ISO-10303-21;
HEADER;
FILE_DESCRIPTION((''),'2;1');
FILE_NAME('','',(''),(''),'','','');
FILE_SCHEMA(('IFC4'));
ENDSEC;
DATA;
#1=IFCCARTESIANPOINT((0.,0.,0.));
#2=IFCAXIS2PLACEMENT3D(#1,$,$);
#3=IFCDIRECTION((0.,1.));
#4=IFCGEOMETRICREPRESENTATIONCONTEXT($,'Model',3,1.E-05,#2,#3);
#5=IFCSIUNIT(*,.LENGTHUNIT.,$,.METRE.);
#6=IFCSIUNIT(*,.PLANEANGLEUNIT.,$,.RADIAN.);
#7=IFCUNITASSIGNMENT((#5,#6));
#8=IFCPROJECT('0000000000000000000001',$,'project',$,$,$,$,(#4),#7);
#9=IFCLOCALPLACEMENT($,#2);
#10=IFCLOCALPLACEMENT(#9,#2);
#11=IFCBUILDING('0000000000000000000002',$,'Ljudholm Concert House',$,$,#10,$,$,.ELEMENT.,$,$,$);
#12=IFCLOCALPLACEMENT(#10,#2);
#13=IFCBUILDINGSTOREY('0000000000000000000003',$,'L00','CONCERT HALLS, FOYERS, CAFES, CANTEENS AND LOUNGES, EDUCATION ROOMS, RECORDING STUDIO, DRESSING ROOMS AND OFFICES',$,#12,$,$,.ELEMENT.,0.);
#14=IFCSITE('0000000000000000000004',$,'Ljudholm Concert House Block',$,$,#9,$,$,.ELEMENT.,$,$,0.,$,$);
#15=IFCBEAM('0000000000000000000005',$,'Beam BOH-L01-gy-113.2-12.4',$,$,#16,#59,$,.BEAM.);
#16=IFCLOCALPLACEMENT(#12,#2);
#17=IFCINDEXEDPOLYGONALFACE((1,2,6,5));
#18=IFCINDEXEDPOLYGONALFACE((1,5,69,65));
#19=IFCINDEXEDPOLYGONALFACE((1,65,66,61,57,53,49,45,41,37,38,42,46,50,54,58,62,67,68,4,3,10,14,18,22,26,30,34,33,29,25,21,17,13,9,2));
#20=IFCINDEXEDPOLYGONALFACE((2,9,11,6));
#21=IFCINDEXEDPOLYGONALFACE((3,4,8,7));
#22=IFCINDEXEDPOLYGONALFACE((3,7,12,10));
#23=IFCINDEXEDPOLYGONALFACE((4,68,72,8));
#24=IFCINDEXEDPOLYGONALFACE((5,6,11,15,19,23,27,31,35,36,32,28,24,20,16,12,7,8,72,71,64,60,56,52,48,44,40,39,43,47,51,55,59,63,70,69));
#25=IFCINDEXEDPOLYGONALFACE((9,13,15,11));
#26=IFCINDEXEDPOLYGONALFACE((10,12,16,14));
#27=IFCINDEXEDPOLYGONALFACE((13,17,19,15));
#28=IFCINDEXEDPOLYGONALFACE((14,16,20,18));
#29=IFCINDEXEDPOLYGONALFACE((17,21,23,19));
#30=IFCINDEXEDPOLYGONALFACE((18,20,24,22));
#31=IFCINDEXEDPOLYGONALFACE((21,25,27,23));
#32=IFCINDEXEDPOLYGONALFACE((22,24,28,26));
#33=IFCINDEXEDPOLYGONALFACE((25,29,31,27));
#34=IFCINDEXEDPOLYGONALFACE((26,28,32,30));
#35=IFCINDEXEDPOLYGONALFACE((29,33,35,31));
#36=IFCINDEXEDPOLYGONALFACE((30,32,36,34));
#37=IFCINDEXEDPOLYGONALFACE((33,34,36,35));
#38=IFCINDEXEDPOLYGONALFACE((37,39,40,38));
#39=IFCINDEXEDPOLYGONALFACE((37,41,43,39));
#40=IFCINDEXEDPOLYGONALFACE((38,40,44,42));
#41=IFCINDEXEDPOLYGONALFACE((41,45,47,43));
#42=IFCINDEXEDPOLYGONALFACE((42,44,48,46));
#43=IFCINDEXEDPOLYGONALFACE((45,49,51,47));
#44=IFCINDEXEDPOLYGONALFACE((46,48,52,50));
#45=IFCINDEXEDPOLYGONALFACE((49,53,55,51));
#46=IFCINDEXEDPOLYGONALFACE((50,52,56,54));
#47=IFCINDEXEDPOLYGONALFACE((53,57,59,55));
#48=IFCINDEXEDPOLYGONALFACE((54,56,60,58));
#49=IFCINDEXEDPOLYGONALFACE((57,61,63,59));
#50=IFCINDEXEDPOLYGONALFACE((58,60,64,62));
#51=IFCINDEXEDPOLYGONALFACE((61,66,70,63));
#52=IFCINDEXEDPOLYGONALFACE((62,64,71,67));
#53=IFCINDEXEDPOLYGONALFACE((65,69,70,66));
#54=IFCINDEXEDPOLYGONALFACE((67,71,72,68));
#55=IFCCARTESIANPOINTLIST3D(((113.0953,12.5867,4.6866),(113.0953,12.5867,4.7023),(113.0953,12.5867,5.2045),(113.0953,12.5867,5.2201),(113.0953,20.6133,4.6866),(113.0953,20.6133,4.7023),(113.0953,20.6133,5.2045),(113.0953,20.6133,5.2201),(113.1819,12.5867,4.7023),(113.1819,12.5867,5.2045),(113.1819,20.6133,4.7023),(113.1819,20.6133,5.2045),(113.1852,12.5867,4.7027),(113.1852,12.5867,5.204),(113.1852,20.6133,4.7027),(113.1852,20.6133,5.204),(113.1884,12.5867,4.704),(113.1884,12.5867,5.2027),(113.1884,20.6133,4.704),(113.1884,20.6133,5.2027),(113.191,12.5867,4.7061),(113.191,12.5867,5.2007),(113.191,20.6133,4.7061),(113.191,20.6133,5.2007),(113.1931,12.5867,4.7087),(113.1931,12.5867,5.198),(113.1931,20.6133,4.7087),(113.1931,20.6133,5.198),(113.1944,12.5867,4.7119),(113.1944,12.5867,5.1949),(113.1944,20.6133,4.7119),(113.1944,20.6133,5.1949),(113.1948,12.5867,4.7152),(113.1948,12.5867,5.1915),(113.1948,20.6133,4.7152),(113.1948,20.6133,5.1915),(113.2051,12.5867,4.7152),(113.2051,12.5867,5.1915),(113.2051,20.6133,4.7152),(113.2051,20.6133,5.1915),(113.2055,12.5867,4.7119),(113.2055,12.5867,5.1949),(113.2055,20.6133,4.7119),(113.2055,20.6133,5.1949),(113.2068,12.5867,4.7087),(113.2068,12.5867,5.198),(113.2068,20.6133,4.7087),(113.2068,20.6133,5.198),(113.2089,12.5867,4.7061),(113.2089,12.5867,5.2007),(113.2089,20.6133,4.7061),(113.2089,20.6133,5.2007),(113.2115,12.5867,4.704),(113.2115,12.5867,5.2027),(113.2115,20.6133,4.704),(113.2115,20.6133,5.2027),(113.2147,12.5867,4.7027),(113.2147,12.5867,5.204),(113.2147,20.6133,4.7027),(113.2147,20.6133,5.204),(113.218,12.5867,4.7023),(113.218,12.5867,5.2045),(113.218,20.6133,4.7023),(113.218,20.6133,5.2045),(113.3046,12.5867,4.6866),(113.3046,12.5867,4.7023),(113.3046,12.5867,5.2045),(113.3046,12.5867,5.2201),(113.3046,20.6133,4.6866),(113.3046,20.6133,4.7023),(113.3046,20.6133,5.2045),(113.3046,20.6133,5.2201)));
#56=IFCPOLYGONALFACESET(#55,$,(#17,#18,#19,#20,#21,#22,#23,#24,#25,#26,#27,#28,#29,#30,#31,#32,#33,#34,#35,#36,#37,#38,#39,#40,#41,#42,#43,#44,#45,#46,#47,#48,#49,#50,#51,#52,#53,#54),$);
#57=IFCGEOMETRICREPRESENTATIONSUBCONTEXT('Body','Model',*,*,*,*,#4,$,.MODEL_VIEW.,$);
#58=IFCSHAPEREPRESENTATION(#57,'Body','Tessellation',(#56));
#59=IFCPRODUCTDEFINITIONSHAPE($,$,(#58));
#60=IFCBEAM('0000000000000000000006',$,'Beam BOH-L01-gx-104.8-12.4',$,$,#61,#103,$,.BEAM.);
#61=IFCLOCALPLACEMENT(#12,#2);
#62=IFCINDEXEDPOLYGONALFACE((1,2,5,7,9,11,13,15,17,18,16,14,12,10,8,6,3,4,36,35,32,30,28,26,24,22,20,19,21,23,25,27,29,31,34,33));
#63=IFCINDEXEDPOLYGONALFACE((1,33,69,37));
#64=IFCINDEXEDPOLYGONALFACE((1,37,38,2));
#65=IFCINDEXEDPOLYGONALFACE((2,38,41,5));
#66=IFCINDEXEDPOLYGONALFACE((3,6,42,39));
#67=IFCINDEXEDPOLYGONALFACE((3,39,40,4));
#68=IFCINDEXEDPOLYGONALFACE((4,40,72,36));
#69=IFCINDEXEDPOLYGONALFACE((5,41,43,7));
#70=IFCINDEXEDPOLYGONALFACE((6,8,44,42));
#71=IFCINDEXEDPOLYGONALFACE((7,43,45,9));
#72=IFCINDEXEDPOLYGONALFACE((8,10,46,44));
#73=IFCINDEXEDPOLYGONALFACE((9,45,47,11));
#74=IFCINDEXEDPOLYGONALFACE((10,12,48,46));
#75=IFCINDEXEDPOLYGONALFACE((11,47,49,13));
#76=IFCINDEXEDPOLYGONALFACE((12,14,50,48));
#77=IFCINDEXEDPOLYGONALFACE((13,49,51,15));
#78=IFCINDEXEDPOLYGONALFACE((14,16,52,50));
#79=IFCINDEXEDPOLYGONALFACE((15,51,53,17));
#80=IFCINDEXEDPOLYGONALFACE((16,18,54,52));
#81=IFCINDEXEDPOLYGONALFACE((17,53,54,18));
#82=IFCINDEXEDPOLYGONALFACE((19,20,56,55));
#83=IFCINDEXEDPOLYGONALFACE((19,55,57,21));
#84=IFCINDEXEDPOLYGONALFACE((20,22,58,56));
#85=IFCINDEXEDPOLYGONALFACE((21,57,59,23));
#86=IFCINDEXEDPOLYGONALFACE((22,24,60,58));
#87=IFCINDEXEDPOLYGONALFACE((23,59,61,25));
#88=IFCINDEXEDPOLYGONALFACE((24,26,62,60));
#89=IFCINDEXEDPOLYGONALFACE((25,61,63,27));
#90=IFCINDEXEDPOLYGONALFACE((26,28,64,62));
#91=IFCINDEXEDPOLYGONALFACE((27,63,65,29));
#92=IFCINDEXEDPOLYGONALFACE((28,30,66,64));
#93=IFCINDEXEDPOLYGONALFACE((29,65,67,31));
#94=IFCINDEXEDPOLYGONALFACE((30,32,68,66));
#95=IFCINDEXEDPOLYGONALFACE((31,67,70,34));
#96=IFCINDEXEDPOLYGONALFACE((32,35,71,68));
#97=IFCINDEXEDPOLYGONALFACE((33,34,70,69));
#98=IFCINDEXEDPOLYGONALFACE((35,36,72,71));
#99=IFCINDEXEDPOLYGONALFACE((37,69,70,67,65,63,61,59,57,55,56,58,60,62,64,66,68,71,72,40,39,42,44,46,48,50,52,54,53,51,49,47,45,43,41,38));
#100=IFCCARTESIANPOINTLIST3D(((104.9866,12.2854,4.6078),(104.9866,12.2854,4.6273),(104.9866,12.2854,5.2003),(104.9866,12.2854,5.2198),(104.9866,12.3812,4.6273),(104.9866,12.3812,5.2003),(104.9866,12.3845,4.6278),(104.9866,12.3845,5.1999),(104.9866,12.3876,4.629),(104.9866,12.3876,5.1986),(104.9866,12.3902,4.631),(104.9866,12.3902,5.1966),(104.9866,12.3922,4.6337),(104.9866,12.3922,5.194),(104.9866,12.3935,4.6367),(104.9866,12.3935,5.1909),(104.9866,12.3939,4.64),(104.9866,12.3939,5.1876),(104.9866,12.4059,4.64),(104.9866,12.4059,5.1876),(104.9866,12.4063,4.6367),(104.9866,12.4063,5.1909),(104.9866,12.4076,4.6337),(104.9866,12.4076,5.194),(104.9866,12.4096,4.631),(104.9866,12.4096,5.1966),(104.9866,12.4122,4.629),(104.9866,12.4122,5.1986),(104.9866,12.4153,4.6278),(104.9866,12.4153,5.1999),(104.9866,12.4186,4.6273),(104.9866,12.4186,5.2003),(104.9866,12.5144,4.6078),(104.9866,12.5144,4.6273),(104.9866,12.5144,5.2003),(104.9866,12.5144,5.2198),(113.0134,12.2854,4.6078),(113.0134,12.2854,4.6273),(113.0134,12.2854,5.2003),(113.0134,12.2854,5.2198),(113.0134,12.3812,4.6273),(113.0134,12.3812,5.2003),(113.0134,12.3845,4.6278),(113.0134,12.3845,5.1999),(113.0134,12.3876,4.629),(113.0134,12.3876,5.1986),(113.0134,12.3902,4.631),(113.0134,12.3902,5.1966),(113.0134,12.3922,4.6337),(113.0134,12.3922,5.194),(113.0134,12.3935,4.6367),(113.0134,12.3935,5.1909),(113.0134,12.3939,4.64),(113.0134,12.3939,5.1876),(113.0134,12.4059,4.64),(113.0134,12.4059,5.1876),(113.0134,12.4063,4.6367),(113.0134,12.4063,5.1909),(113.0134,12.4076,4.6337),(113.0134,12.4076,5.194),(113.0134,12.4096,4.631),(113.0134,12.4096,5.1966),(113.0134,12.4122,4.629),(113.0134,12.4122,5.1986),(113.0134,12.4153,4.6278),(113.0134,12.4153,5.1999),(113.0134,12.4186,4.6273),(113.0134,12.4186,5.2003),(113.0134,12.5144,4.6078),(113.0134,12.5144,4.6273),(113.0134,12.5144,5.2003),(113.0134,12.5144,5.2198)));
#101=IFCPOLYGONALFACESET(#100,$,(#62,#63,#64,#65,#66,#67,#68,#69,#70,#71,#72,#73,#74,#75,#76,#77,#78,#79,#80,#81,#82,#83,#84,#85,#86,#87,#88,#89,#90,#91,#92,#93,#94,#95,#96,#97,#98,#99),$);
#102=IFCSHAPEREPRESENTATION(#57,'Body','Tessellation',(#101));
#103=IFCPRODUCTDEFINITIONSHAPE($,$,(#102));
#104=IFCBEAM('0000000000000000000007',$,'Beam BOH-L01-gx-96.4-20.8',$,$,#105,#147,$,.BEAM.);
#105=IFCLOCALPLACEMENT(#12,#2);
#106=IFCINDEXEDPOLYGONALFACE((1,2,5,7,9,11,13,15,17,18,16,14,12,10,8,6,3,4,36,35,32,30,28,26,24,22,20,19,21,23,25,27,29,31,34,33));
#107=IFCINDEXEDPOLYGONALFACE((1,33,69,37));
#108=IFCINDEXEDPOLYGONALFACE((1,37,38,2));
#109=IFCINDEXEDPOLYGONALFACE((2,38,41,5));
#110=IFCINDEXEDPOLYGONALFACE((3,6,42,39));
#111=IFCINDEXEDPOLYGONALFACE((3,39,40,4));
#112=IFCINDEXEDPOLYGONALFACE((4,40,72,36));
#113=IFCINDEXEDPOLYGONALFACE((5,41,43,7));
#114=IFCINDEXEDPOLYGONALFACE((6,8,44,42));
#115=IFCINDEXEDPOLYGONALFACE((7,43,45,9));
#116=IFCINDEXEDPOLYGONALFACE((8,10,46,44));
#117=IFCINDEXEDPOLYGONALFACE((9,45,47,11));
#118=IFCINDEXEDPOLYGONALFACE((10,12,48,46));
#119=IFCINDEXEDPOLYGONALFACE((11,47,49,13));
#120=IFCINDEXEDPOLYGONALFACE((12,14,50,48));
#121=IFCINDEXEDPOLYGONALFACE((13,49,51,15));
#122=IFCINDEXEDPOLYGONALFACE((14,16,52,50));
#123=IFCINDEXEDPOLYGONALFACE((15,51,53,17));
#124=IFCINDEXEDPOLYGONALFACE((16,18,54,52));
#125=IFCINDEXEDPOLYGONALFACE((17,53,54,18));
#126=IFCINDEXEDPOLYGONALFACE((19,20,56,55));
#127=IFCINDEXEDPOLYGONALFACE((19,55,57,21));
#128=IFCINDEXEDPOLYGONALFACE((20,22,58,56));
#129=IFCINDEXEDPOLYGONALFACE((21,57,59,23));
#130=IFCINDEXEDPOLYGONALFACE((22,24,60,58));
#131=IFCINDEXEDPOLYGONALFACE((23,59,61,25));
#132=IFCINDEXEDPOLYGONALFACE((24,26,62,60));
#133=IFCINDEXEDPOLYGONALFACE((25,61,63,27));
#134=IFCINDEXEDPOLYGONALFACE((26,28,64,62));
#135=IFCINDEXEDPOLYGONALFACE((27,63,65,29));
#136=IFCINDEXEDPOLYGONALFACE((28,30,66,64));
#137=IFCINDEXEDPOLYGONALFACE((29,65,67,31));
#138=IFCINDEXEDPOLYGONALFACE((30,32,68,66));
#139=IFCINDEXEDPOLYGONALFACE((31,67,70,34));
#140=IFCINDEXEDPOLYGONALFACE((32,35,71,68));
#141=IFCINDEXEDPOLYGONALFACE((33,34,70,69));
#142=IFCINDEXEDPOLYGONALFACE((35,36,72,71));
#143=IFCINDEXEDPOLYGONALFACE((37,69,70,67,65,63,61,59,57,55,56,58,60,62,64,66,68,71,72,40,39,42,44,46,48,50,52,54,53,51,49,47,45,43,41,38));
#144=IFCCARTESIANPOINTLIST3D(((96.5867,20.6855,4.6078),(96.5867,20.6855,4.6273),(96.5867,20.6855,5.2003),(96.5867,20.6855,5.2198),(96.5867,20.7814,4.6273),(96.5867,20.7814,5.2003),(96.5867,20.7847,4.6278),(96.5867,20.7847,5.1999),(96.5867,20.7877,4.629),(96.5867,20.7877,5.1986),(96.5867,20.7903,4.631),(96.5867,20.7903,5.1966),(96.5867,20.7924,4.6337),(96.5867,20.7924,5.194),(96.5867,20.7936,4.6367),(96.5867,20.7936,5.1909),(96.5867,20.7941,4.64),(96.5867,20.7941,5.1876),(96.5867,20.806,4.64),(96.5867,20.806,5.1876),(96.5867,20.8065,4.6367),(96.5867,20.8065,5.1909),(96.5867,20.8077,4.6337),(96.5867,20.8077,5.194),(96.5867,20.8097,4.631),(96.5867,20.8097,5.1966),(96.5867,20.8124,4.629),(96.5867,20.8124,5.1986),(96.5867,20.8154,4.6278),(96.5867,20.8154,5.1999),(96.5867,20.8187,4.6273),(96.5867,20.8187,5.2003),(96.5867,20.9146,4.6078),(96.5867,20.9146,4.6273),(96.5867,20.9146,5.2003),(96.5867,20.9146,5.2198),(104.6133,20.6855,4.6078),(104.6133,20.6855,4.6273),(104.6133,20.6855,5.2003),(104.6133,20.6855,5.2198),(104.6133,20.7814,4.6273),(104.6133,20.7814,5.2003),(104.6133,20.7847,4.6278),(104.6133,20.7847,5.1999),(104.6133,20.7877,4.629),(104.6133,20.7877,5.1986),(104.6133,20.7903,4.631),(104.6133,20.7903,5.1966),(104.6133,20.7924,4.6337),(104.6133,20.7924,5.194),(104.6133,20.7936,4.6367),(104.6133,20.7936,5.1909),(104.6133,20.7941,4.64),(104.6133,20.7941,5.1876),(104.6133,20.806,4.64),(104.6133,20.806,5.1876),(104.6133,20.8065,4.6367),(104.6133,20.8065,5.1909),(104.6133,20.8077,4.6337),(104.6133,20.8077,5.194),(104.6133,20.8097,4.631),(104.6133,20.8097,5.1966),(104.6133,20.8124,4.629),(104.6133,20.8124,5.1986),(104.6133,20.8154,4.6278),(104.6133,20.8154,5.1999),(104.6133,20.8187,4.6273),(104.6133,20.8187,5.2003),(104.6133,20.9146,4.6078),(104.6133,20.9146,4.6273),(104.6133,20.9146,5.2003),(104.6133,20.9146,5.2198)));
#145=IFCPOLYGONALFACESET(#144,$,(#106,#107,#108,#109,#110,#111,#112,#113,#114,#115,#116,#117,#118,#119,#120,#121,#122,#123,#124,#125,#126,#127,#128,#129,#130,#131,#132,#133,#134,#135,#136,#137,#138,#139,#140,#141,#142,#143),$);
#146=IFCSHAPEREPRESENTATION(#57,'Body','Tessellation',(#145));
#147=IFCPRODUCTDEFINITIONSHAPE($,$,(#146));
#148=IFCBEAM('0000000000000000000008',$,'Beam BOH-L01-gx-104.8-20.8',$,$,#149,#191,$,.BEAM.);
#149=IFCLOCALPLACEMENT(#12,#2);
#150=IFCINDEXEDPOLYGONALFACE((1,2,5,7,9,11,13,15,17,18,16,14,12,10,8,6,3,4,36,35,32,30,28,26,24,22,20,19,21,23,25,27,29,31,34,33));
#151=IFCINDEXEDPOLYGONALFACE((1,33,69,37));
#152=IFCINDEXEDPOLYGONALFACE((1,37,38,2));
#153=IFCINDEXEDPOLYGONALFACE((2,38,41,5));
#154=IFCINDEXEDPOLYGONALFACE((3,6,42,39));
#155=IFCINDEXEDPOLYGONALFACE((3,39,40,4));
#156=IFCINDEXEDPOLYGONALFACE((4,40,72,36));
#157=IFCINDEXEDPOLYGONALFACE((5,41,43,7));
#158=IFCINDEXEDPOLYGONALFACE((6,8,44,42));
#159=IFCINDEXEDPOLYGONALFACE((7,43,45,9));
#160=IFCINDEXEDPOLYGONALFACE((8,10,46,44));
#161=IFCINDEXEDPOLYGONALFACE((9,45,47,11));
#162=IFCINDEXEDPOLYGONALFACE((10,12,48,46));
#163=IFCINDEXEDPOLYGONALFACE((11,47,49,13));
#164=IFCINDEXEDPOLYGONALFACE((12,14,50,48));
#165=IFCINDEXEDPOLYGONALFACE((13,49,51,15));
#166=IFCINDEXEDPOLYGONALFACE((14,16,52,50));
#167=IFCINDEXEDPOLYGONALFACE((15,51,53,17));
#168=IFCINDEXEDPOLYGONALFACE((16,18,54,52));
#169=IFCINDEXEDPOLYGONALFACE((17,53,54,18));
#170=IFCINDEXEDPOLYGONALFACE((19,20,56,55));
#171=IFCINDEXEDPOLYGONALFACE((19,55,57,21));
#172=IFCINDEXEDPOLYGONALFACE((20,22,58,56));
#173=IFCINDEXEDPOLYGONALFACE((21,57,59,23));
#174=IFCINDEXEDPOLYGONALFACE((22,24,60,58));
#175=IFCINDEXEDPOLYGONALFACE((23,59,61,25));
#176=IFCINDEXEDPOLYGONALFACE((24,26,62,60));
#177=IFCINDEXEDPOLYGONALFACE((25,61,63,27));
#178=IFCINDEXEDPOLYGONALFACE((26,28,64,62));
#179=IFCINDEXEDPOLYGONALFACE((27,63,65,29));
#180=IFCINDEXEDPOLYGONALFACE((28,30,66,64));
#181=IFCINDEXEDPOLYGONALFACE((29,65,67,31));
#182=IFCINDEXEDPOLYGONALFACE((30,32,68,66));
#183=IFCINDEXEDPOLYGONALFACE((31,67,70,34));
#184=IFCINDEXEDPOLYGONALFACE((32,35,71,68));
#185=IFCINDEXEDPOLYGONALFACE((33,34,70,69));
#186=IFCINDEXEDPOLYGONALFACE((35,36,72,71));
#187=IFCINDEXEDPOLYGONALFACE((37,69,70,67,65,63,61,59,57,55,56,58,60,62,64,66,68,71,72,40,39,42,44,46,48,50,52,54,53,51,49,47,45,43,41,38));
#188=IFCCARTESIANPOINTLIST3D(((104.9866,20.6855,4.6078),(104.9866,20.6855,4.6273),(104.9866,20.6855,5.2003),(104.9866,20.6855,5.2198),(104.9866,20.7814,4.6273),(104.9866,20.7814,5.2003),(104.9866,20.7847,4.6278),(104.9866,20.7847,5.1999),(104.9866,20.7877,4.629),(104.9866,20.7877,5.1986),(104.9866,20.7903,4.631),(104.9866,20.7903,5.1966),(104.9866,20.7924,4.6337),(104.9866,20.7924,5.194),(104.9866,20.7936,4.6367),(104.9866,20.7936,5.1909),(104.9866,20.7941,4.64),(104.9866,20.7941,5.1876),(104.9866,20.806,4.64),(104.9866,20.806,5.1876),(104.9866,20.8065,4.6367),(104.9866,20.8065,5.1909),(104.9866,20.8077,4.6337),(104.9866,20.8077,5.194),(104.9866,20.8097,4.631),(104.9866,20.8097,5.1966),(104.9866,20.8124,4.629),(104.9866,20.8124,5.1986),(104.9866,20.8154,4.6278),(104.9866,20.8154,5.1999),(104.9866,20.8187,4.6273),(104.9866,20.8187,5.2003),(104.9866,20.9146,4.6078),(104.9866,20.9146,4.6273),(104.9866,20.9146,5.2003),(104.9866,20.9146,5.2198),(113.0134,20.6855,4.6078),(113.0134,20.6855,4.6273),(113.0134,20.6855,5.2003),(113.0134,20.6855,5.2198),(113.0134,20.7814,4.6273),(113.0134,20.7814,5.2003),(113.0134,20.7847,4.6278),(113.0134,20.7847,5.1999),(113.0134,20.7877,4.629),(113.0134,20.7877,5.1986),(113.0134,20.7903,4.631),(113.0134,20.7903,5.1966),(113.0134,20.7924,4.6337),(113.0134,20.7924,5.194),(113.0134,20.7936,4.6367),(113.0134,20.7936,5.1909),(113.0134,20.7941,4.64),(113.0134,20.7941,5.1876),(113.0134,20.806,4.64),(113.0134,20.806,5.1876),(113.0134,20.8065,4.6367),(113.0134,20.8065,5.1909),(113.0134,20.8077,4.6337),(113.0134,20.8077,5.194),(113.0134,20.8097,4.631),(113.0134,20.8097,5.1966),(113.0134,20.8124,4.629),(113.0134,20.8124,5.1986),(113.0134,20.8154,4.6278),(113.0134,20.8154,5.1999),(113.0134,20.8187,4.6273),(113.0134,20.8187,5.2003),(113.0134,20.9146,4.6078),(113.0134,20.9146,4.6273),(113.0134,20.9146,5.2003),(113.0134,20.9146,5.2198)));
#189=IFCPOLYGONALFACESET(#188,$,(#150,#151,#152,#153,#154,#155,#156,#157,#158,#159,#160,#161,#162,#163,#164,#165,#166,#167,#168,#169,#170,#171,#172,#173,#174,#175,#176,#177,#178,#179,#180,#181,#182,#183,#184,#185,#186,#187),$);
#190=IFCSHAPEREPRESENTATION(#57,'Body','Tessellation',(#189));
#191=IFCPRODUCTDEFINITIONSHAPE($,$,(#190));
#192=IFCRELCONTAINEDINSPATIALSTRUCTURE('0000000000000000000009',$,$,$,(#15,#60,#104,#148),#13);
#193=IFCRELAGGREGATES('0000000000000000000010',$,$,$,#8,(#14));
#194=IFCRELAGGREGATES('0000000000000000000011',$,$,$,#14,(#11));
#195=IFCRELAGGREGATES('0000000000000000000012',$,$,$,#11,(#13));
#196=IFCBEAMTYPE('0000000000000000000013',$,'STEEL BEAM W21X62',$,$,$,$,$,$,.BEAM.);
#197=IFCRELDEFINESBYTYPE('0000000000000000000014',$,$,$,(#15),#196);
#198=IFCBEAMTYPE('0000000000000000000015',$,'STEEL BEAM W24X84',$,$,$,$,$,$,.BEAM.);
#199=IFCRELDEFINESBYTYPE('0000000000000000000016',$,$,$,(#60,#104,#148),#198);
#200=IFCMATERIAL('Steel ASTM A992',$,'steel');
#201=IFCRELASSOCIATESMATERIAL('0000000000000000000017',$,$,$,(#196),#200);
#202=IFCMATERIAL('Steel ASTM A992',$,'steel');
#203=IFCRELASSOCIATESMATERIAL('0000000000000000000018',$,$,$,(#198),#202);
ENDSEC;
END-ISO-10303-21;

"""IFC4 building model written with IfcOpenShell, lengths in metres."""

from ifc_helpers import new_model, si_unit, direction, frame, origin, origin_2d, place, context, subcontext, project, spatial, i_section, extrude, material, material_profile, profile_set, type_object, element, save


model = new_model("IFC4")

# Units and contexts
model_context = context("Model", 3, precision=1e-05, world=origin(), true_north=direction((0.0, 1.0)))
body_context = subcontext(model_context, "Body", "Model", "MODEL_VIEW")
ifc_project = project(units=[si_unit("LENGTHUNIT", "METRE"), si_unit("PLANEANGLEUNIT", "RADIAN")], contexts=[model_context])

# Site, building, storey
site_placement = place(None, origin())
site = spatial("IfcSite", under=ifc_project, at=site_placement, Name="Ljudholm Concert House Block", CompositionType="ELEMENT", RefElevation=0.0)
building_placement = place(site_placement, origin())
building = spatial("IfcBuilding", under=site, at=building_placement, Name="Ljudholm Concert House", CompositionType="ELEMENT")
storey_placement = place(building_placement, origin())
storey = spatial("IfcBuildingStorey", under=building, at=storey_placement, Name="L00", Description="CONCERT HALLS, FOYERS, CAFES, CANTEENS AND LOUNGES, EDUCATION ROOMS, RECORDING STUDIO, DRESSING ROOMS AND OFFICES", CompositionType="ELEMENT", Elevation=0.0)

# Beams
ifc_material_1 = material(Name="Steel ASTM A992", Category="steel")
ifc_material_profile_1 = material_profile(ifc_material_1, i_section(OverallWidth=0.2092, OverallDepth=0.5334, WebThickness=0.0103, FlangeThickness=0.0156, FilletRadius=0.0129, at=origin_2d()), Name="W21X62")
ifc_profile_set_1 = profile_set([ifc_material_profile_1], Name="Steel ASTM A992")
beam_type_1 = type_object("IfcBeamType", Name="STEEL BEAM W21X62", PredefinedType="BEAM", material=ifc_profile_set_1)
for number, where, z_axis, x_axis, name in (
    (1, (113.2, 12.5867, 4.9534), (0.0, 1.0, 0.0), (-1.0, 0.0, 0.0), "Beam BOH-L01-gy-113.2-12.4"),
):
    element("IfcBeam", number, at=place(storey_placement, frame(where, z_axis=z_axis, x_axis=x_axis)), inside=storey, type_object=beam_type_1, Name=name, PredefinedType="BEAM", context=body_context, shape_type="SweptSolid", body=[
        extrude(i_section(OverallWidth=0.2092, OverallDepth=0.5334, WebThickness=0.0103, FlangeThickness=0.0156, FilletRadius=0.0129, at=origin_2d()), origin(), (0.0, 0.0, 1.0), 8.0266),
    ])
ifc_material_2 = material(Name="Steel ASTM A992", Category="steel")
ifc_material_profile_2 = material_profile(ifc_material_2, i_section(OverallWidth=0.229, OverallDepth=0.6121, WebThickness=0.012, FlangeThickness=0.0195, FilletRadius=0.0127, at=origin_2d()), Name="W24X84")
ifc_profile_set_2 = profile_set([ifc_material_profile_2], Name="Steel ASTM A992")
beam_type_2 = type_object("IfcBeamType", Name="STEEL BEAM W24X84", PredefinedType="BEAM", material=ifc_profile_set_2)
beam_1_placement = place(storey_placement, frame((104.9866, 12.3999, 4.9138), z_axis=(1.0, 0.0, 0.0), x_axis=(0.0, 1.0, 0.0)))
element("IfcBeam", 2, at=beam_1_placement, inside=storey, type_object=beam_type_2, Name="Beam BOH-L01-gx-104.8-12.4", PredefinedType="BEAM", context=body_context, shape_type="SweptSolid", body=[
    extrude(i_section(OverallWidth=0.229, OverallDepth=0.6121, WebThickness=0.012, FlangeThickness=0.0195, FilletRadius=0.0127, at=origin_2d()), origin(), (0.0, 0.0, 1.0), 8.0269),
])
beam_2_placement = place(storey_placement, frame((96.5867, 20.8, 4.9138), z_axis=(1.0, 0.0, 0.0), x_axis=(0.0, 1.0, 0.0)))
element("IfcBeam", 3, at=beam_2_placement, inside=storey, type_object=beam_type_2, Name="Beam BOH-L01-gx-96.4-20.8", PredefinedType="BEAM", context=body_context, shape_type="SweptSolid", body=[
    extrude(i_section(OverallWidth=0.229, OverallDepth=0.6121, WebThickness=0.012, FlangeThickness=0.0195, FilletRadius=0.0127, at=origin_2d()), origin(), (0.0, 0.0, 1.0), 8.0266),
])
beam_3_placement = place(storey_placement, frame((104.9866, 20.8, 4.9138), z_axis=(1.0, 0.0, 0.0), x_axis=(0.0, 1.0, 0.0)))
element("IfcBeam", 4, at=beam_3_placement, inside=storey, type_object=beam_type_2, Name="Beam BOH-L01-gx-104.8-20.8", PredefinedType="BEAM", context=body_context, shape_type="SweptSolid", body=[
    extrude(i_section(OverallWidth=0.229, OverallDepth=0.6121, WebThickness=0.012, FlangeThickness=0.0195, FilletRadius=0.0127, at=origin_2d()), origin(), (0.0, 0.0, 1.0), 8.0269),
])

save(model, "model.ifc")
